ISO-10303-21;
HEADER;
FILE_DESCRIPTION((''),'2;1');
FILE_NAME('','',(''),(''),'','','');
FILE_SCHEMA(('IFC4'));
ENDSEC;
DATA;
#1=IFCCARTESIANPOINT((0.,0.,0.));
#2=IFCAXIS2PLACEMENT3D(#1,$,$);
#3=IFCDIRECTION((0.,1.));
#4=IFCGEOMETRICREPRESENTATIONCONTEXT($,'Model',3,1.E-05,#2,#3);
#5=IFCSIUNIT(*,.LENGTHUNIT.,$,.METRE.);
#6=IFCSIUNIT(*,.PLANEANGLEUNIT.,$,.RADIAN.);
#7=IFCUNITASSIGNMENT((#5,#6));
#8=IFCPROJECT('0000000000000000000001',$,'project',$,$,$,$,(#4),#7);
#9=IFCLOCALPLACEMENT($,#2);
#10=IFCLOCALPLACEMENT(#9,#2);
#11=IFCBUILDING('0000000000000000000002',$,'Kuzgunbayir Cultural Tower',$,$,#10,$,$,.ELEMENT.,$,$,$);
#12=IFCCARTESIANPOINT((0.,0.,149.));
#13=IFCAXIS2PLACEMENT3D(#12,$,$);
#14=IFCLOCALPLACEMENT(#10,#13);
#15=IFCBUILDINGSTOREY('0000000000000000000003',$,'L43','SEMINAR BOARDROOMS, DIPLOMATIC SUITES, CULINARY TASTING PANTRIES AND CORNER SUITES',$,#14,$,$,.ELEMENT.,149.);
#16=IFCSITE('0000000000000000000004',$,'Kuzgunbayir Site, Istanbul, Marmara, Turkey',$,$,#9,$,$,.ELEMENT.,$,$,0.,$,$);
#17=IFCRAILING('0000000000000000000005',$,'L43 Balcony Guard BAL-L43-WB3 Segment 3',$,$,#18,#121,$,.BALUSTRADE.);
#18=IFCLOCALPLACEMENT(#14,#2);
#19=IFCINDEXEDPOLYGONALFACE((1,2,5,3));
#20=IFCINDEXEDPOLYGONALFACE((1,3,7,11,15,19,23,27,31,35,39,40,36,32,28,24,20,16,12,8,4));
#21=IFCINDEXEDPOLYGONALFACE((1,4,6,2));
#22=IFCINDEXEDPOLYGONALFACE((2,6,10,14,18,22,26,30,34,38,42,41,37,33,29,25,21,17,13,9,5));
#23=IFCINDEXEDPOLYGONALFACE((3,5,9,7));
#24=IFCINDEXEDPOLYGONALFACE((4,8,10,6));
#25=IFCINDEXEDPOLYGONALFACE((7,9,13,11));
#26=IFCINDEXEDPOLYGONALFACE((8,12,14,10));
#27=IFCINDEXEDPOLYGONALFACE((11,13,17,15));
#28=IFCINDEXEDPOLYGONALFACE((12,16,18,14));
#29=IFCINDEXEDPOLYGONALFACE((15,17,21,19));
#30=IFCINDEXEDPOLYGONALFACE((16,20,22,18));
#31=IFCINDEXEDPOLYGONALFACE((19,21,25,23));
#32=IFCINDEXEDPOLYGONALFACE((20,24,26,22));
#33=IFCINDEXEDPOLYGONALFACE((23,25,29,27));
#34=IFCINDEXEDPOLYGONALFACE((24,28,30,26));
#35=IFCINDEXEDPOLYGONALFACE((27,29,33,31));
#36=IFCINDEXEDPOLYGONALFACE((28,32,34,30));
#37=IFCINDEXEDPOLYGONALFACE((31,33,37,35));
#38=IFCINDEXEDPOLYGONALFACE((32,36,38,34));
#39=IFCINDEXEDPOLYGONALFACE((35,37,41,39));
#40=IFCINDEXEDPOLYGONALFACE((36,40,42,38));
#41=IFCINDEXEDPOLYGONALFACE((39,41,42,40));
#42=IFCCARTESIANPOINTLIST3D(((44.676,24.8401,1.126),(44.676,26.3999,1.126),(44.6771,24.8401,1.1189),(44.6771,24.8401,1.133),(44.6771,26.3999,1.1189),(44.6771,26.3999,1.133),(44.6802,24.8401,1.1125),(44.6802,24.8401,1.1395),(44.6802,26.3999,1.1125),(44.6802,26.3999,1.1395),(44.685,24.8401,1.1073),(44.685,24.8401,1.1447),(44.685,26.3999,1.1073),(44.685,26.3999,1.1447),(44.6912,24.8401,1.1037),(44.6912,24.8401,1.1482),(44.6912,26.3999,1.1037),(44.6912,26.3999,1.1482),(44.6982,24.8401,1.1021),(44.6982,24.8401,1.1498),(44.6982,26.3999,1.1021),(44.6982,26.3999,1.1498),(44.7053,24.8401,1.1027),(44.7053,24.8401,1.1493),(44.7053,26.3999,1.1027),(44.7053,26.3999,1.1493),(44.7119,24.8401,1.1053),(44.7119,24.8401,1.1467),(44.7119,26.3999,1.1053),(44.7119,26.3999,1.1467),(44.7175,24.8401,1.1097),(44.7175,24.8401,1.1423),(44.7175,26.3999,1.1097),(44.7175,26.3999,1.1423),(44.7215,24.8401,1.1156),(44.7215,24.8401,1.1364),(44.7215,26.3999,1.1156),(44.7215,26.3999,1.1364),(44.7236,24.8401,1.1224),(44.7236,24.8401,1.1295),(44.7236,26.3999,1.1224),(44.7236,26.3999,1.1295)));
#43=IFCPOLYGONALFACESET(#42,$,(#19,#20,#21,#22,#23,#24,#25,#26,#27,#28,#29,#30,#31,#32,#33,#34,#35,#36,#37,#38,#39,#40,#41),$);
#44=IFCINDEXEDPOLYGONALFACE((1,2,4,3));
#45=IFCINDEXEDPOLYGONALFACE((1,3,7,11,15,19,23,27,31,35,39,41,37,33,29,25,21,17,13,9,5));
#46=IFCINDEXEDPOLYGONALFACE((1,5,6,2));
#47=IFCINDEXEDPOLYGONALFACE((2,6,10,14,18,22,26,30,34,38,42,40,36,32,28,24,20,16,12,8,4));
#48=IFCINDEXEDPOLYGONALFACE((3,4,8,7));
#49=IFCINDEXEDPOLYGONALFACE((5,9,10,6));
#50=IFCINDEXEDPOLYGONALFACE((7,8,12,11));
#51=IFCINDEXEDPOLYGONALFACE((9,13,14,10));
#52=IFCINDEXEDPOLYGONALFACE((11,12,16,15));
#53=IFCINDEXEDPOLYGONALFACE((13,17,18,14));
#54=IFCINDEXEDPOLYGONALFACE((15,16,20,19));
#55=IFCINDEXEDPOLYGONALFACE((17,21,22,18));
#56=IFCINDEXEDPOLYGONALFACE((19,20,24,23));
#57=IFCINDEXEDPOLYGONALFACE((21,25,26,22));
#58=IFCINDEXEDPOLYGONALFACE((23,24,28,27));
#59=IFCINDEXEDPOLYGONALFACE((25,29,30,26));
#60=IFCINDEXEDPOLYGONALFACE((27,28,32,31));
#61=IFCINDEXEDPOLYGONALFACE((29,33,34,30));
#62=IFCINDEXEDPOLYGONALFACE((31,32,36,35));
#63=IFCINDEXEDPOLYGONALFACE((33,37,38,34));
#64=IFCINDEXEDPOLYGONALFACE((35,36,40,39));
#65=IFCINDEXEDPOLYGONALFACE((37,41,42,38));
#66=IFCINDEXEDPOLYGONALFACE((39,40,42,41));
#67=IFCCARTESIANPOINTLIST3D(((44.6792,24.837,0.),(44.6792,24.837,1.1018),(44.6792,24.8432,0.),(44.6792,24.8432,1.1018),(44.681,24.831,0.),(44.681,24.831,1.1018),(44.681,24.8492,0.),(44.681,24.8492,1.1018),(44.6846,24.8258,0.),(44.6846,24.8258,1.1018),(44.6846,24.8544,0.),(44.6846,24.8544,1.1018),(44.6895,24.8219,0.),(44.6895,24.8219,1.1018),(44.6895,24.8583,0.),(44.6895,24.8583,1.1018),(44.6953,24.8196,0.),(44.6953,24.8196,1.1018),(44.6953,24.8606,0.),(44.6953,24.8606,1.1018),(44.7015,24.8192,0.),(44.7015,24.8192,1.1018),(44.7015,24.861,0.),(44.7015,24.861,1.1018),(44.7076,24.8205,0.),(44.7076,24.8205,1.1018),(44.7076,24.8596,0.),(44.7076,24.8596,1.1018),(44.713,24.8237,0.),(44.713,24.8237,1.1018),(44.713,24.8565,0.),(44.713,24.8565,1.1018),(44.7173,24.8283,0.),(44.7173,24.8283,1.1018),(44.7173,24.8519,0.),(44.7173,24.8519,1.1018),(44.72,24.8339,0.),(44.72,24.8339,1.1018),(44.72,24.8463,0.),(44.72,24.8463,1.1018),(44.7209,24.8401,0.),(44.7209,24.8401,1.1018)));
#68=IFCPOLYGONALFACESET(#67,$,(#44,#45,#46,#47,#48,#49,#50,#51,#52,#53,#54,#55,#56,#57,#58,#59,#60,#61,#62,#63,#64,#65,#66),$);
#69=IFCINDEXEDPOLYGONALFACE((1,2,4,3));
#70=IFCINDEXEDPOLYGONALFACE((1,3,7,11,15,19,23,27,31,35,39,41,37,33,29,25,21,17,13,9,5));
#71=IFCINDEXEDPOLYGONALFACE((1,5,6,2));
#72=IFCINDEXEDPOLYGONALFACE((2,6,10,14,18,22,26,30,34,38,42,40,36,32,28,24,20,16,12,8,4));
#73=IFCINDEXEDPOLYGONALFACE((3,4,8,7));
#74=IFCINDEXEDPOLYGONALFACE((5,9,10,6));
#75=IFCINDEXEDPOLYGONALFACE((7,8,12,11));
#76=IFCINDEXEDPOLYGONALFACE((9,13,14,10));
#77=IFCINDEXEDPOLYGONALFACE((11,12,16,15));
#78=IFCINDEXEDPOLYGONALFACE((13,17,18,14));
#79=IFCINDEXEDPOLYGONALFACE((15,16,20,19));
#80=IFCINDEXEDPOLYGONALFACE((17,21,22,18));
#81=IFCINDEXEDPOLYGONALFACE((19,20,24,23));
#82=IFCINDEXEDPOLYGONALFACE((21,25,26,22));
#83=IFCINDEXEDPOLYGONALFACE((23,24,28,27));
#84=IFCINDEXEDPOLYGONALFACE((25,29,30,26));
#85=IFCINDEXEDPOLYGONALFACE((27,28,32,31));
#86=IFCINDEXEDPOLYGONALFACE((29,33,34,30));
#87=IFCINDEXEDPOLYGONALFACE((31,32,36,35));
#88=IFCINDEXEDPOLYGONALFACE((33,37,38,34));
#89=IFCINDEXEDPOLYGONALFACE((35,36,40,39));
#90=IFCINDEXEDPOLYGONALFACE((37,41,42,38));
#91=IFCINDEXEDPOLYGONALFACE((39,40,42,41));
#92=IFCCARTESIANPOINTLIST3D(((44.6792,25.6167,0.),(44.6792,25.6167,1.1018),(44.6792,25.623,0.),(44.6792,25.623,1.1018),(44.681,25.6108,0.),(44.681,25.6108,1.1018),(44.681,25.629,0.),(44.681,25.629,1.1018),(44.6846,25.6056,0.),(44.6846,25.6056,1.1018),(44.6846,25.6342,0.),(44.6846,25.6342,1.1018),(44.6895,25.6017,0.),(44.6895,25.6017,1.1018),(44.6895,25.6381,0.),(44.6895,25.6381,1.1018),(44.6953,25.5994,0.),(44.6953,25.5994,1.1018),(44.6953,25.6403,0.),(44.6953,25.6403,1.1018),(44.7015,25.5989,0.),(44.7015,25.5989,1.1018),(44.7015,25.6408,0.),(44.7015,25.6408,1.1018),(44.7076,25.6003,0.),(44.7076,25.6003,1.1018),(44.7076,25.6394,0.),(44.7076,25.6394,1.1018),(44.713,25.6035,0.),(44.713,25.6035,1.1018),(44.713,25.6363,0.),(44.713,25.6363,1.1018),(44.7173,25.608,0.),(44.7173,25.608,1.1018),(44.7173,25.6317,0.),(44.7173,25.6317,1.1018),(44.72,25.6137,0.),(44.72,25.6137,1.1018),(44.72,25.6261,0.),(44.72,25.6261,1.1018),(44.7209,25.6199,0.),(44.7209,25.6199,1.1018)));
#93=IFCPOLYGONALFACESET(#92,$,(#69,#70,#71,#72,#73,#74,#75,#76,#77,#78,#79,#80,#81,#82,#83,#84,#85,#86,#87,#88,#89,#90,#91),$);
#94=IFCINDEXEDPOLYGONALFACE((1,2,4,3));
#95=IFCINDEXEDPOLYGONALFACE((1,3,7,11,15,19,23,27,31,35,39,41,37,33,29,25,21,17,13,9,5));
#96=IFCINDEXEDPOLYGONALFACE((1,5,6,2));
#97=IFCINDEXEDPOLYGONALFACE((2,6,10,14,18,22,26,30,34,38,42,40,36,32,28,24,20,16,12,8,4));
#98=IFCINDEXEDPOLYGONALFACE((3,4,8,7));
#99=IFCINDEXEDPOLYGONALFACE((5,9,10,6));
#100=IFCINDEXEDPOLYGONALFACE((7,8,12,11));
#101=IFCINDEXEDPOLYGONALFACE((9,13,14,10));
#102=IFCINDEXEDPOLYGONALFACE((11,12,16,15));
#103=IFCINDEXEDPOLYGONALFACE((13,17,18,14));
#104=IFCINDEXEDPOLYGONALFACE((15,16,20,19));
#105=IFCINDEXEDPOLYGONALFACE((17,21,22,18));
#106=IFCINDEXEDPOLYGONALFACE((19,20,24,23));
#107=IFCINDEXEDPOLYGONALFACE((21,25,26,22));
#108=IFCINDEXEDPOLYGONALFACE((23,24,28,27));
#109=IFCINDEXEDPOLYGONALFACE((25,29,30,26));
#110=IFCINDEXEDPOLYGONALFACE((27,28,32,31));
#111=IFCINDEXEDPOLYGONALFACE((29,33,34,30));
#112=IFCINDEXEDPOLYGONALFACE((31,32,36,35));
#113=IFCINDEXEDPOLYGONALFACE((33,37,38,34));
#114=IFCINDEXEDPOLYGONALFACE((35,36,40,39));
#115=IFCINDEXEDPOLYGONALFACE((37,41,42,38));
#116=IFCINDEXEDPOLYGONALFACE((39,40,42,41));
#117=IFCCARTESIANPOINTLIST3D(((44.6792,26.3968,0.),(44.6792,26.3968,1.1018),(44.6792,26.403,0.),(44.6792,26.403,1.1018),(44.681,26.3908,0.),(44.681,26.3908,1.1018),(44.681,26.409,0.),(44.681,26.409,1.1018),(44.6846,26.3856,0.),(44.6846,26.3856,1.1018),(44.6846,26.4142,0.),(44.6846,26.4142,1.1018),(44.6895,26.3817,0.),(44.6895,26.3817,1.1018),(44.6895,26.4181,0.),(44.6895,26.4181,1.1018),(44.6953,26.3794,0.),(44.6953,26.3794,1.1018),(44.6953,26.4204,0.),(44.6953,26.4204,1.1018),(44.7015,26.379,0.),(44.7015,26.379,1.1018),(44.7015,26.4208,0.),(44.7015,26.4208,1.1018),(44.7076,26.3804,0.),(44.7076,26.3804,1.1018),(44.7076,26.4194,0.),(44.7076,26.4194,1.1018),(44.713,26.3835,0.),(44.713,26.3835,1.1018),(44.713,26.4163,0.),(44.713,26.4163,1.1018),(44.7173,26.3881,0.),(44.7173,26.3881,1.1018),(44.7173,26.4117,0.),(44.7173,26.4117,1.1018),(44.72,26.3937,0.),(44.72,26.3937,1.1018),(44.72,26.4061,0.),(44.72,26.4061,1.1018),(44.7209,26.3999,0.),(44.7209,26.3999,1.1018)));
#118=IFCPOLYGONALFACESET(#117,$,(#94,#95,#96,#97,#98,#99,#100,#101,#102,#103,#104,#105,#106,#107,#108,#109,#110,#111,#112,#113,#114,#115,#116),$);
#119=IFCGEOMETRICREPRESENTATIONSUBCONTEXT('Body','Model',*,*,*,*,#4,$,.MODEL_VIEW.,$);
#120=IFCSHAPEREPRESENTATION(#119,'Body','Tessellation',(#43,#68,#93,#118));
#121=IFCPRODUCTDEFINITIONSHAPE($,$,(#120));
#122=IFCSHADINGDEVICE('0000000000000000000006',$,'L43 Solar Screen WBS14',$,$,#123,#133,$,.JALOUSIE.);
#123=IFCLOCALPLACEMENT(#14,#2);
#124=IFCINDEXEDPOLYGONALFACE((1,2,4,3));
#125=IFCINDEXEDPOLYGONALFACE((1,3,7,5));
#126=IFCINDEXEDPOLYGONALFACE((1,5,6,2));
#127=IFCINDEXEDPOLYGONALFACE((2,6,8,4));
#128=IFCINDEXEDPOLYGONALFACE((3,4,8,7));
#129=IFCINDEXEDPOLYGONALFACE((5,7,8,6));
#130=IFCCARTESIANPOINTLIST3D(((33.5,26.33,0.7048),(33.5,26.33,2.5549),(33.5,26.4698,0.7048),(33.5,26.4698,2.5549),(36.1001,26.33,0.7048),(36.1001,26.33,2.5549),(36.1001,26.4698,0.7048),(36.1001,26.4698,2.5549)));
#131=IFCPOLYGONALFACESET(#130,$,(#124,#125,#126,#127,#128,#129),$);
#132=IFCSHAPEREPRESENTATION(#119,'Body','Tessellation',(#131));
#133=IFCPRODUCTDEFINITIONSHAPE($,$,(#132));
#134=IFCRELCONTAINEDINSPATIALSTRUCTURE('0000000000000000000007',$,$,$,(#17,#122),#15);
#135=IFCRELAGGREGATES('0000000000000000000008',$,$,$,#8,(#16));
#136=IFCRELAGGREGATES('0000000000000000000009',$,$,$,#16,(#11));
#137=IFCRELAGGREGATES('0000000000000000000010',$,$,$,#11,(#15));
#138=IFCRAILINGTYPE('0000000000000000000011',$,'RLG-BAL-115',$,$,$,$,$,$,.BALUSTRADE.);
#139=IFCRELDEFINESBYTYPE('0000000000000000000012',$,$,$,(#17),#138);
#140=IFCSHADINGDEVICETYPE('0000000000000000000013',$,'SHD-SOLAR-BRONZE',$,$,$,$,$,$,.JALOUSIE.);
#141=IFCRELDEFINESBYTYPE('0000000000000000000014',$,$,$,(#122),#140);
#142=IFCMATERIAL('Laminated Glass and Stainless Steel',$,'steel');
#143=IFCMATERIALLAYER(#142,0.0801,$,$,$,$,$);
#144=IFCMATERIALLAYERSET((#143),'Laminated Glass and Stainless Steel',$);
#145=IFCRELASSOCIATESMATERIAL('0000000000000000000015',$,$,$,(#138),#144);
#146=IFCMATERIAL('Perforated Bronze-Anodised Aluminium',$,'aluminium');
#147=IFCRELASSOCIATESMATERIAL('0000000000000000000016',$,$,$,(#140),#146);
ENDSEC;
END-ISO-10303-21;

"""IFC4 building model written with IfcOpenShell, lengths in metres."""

from ifc_helpers import new_model, si_unit, direction, frame, origin, origin_2d, place, context, subcontext, project, spatial, rectangle, circle, extrude, material, layer, layer_set, type_object, element, save


model = new_model("IFC4")

# Units and contexts
model_context = context("Model", 3, precision=1e-05, world=origin(), true_north=direction((0.0, 1.0)))
body_context = subcontext(model_context, "Body", "Model", "MODEL_VIEW")
ifc_project = project(units=[si_unit("LENGTHUNIT", "METRE"), si_unit("PLANEANGLEUNIT", "RADIAN")], contexts=[model_context])

# Site, building, storey
site_placement = place(None, origin())
site = spatial("IfcSite", under=ifc_project, at=site_placement, Name="Kuzgunbayir Site, Istanbul, Marmara, Turkey", CompositionType="ELEMENT", RefElevation=0.0)
building_placement = place(site_placement, origin())
building = spatial("IfcBuilding", under=site, at=building_placement, Name="Kuzgunbayir Cultural Tower", CompositionType="ELEMENT")
storey_placement = place(building_placement, frame((0.0, 0.0, 149.0)))
storey = spatial("IfcBuildingStorey", under=building, at=storey_placement, Name="L43", Description="SEMINAR BOARDROOMS, DIPLOMATIC SUITES, CULINARY TASTING PANTRIES AND CORNER SUITES", CompositionType="ELEMENT", Elevation=149.0)

# Railing
ifc_material_1 = material(Name="Laminated Glass and Stainless Steel", Category="steel")
ifc_layer_1 = layer(ifc_material_1, 0.0801)
ifc_layer_set_1 = layer_set([ifc_layer_1], Name="Laminated Glass and Stainless Steel")
railing_type = type_object("IfcRailingType", Name="RLG-BAL-115", PredefinedType="BALUSTRADE", material=ifc_layer_set_1)
railing_1_placement = place(storey_placement, frame((44.7, 24.8401, 0.0)))
element("IfcRailing", 1, at=railing_1_placement, inside=storey, type_object=railing_type, Name="L43 Balcony Guard BAL-L43-WB3 Segment 3", PredefinedType="BALUSTRADE", context=body_context, shape_type="SweptSolid", body=[
    extrude(circle(Radius=0.0239, at=origin_2d()), frame((0.0, 0.0, 1.126), z_axis=(0.0, 1.0, 0.0), x_axis=(-1.0, 0.0, 0.0)), (0.0, 0.0, 1.0), 1.5598),
    extrude(circle(Radius=0.021, at=origin_2d()), origin(), (0.0, 0.0, 1.0), 1.1018),
    extrude(circle(Radius=0.021, at=origin_2d()), frame((0.0, 0.7798, 0.0)), (0.0, 0.0, 1.0), 1.1018),
    extrude(circle(Radius=0.021, at=origin_2d()), frame((0.0, 1.5598, 0.0)), (0.0, 0.0, 1.0), 1.1018),
])

# Shading device
ifc_material_2 = material(Name="Perforated Bronze-Anodised Aluminium", Category="aluminium")
shading_device_type = type_object("IfcShadingDeviceType", Name="SHD-SOLAR-BRONZE", PredefinedType="JALOUSIE", material=ifc_material_2)
shading_device_placement = place(storey_placement, frame((34.8, 26.3999, 0.7048), z_axis=(0.0, 0.0, 1.0), x_axis=(1.0, 0.0, 0.0)))
element("IfcShadingDevice", 2, at=shading_device_placement, inside=storey, type_object=shading_device_type, Name="L43 Solar Screen WBS14", PredefinedType="JALOUSIE", context=body_context, shape_type="SweptSolid", body=[
    extrude(rectangle(XDim=2.6001, YDim=0.1399, at=origin_2d()), origin(), (0.0, 0.0, 1.0), 1.8501),
])

save(model, "model.ifc")
